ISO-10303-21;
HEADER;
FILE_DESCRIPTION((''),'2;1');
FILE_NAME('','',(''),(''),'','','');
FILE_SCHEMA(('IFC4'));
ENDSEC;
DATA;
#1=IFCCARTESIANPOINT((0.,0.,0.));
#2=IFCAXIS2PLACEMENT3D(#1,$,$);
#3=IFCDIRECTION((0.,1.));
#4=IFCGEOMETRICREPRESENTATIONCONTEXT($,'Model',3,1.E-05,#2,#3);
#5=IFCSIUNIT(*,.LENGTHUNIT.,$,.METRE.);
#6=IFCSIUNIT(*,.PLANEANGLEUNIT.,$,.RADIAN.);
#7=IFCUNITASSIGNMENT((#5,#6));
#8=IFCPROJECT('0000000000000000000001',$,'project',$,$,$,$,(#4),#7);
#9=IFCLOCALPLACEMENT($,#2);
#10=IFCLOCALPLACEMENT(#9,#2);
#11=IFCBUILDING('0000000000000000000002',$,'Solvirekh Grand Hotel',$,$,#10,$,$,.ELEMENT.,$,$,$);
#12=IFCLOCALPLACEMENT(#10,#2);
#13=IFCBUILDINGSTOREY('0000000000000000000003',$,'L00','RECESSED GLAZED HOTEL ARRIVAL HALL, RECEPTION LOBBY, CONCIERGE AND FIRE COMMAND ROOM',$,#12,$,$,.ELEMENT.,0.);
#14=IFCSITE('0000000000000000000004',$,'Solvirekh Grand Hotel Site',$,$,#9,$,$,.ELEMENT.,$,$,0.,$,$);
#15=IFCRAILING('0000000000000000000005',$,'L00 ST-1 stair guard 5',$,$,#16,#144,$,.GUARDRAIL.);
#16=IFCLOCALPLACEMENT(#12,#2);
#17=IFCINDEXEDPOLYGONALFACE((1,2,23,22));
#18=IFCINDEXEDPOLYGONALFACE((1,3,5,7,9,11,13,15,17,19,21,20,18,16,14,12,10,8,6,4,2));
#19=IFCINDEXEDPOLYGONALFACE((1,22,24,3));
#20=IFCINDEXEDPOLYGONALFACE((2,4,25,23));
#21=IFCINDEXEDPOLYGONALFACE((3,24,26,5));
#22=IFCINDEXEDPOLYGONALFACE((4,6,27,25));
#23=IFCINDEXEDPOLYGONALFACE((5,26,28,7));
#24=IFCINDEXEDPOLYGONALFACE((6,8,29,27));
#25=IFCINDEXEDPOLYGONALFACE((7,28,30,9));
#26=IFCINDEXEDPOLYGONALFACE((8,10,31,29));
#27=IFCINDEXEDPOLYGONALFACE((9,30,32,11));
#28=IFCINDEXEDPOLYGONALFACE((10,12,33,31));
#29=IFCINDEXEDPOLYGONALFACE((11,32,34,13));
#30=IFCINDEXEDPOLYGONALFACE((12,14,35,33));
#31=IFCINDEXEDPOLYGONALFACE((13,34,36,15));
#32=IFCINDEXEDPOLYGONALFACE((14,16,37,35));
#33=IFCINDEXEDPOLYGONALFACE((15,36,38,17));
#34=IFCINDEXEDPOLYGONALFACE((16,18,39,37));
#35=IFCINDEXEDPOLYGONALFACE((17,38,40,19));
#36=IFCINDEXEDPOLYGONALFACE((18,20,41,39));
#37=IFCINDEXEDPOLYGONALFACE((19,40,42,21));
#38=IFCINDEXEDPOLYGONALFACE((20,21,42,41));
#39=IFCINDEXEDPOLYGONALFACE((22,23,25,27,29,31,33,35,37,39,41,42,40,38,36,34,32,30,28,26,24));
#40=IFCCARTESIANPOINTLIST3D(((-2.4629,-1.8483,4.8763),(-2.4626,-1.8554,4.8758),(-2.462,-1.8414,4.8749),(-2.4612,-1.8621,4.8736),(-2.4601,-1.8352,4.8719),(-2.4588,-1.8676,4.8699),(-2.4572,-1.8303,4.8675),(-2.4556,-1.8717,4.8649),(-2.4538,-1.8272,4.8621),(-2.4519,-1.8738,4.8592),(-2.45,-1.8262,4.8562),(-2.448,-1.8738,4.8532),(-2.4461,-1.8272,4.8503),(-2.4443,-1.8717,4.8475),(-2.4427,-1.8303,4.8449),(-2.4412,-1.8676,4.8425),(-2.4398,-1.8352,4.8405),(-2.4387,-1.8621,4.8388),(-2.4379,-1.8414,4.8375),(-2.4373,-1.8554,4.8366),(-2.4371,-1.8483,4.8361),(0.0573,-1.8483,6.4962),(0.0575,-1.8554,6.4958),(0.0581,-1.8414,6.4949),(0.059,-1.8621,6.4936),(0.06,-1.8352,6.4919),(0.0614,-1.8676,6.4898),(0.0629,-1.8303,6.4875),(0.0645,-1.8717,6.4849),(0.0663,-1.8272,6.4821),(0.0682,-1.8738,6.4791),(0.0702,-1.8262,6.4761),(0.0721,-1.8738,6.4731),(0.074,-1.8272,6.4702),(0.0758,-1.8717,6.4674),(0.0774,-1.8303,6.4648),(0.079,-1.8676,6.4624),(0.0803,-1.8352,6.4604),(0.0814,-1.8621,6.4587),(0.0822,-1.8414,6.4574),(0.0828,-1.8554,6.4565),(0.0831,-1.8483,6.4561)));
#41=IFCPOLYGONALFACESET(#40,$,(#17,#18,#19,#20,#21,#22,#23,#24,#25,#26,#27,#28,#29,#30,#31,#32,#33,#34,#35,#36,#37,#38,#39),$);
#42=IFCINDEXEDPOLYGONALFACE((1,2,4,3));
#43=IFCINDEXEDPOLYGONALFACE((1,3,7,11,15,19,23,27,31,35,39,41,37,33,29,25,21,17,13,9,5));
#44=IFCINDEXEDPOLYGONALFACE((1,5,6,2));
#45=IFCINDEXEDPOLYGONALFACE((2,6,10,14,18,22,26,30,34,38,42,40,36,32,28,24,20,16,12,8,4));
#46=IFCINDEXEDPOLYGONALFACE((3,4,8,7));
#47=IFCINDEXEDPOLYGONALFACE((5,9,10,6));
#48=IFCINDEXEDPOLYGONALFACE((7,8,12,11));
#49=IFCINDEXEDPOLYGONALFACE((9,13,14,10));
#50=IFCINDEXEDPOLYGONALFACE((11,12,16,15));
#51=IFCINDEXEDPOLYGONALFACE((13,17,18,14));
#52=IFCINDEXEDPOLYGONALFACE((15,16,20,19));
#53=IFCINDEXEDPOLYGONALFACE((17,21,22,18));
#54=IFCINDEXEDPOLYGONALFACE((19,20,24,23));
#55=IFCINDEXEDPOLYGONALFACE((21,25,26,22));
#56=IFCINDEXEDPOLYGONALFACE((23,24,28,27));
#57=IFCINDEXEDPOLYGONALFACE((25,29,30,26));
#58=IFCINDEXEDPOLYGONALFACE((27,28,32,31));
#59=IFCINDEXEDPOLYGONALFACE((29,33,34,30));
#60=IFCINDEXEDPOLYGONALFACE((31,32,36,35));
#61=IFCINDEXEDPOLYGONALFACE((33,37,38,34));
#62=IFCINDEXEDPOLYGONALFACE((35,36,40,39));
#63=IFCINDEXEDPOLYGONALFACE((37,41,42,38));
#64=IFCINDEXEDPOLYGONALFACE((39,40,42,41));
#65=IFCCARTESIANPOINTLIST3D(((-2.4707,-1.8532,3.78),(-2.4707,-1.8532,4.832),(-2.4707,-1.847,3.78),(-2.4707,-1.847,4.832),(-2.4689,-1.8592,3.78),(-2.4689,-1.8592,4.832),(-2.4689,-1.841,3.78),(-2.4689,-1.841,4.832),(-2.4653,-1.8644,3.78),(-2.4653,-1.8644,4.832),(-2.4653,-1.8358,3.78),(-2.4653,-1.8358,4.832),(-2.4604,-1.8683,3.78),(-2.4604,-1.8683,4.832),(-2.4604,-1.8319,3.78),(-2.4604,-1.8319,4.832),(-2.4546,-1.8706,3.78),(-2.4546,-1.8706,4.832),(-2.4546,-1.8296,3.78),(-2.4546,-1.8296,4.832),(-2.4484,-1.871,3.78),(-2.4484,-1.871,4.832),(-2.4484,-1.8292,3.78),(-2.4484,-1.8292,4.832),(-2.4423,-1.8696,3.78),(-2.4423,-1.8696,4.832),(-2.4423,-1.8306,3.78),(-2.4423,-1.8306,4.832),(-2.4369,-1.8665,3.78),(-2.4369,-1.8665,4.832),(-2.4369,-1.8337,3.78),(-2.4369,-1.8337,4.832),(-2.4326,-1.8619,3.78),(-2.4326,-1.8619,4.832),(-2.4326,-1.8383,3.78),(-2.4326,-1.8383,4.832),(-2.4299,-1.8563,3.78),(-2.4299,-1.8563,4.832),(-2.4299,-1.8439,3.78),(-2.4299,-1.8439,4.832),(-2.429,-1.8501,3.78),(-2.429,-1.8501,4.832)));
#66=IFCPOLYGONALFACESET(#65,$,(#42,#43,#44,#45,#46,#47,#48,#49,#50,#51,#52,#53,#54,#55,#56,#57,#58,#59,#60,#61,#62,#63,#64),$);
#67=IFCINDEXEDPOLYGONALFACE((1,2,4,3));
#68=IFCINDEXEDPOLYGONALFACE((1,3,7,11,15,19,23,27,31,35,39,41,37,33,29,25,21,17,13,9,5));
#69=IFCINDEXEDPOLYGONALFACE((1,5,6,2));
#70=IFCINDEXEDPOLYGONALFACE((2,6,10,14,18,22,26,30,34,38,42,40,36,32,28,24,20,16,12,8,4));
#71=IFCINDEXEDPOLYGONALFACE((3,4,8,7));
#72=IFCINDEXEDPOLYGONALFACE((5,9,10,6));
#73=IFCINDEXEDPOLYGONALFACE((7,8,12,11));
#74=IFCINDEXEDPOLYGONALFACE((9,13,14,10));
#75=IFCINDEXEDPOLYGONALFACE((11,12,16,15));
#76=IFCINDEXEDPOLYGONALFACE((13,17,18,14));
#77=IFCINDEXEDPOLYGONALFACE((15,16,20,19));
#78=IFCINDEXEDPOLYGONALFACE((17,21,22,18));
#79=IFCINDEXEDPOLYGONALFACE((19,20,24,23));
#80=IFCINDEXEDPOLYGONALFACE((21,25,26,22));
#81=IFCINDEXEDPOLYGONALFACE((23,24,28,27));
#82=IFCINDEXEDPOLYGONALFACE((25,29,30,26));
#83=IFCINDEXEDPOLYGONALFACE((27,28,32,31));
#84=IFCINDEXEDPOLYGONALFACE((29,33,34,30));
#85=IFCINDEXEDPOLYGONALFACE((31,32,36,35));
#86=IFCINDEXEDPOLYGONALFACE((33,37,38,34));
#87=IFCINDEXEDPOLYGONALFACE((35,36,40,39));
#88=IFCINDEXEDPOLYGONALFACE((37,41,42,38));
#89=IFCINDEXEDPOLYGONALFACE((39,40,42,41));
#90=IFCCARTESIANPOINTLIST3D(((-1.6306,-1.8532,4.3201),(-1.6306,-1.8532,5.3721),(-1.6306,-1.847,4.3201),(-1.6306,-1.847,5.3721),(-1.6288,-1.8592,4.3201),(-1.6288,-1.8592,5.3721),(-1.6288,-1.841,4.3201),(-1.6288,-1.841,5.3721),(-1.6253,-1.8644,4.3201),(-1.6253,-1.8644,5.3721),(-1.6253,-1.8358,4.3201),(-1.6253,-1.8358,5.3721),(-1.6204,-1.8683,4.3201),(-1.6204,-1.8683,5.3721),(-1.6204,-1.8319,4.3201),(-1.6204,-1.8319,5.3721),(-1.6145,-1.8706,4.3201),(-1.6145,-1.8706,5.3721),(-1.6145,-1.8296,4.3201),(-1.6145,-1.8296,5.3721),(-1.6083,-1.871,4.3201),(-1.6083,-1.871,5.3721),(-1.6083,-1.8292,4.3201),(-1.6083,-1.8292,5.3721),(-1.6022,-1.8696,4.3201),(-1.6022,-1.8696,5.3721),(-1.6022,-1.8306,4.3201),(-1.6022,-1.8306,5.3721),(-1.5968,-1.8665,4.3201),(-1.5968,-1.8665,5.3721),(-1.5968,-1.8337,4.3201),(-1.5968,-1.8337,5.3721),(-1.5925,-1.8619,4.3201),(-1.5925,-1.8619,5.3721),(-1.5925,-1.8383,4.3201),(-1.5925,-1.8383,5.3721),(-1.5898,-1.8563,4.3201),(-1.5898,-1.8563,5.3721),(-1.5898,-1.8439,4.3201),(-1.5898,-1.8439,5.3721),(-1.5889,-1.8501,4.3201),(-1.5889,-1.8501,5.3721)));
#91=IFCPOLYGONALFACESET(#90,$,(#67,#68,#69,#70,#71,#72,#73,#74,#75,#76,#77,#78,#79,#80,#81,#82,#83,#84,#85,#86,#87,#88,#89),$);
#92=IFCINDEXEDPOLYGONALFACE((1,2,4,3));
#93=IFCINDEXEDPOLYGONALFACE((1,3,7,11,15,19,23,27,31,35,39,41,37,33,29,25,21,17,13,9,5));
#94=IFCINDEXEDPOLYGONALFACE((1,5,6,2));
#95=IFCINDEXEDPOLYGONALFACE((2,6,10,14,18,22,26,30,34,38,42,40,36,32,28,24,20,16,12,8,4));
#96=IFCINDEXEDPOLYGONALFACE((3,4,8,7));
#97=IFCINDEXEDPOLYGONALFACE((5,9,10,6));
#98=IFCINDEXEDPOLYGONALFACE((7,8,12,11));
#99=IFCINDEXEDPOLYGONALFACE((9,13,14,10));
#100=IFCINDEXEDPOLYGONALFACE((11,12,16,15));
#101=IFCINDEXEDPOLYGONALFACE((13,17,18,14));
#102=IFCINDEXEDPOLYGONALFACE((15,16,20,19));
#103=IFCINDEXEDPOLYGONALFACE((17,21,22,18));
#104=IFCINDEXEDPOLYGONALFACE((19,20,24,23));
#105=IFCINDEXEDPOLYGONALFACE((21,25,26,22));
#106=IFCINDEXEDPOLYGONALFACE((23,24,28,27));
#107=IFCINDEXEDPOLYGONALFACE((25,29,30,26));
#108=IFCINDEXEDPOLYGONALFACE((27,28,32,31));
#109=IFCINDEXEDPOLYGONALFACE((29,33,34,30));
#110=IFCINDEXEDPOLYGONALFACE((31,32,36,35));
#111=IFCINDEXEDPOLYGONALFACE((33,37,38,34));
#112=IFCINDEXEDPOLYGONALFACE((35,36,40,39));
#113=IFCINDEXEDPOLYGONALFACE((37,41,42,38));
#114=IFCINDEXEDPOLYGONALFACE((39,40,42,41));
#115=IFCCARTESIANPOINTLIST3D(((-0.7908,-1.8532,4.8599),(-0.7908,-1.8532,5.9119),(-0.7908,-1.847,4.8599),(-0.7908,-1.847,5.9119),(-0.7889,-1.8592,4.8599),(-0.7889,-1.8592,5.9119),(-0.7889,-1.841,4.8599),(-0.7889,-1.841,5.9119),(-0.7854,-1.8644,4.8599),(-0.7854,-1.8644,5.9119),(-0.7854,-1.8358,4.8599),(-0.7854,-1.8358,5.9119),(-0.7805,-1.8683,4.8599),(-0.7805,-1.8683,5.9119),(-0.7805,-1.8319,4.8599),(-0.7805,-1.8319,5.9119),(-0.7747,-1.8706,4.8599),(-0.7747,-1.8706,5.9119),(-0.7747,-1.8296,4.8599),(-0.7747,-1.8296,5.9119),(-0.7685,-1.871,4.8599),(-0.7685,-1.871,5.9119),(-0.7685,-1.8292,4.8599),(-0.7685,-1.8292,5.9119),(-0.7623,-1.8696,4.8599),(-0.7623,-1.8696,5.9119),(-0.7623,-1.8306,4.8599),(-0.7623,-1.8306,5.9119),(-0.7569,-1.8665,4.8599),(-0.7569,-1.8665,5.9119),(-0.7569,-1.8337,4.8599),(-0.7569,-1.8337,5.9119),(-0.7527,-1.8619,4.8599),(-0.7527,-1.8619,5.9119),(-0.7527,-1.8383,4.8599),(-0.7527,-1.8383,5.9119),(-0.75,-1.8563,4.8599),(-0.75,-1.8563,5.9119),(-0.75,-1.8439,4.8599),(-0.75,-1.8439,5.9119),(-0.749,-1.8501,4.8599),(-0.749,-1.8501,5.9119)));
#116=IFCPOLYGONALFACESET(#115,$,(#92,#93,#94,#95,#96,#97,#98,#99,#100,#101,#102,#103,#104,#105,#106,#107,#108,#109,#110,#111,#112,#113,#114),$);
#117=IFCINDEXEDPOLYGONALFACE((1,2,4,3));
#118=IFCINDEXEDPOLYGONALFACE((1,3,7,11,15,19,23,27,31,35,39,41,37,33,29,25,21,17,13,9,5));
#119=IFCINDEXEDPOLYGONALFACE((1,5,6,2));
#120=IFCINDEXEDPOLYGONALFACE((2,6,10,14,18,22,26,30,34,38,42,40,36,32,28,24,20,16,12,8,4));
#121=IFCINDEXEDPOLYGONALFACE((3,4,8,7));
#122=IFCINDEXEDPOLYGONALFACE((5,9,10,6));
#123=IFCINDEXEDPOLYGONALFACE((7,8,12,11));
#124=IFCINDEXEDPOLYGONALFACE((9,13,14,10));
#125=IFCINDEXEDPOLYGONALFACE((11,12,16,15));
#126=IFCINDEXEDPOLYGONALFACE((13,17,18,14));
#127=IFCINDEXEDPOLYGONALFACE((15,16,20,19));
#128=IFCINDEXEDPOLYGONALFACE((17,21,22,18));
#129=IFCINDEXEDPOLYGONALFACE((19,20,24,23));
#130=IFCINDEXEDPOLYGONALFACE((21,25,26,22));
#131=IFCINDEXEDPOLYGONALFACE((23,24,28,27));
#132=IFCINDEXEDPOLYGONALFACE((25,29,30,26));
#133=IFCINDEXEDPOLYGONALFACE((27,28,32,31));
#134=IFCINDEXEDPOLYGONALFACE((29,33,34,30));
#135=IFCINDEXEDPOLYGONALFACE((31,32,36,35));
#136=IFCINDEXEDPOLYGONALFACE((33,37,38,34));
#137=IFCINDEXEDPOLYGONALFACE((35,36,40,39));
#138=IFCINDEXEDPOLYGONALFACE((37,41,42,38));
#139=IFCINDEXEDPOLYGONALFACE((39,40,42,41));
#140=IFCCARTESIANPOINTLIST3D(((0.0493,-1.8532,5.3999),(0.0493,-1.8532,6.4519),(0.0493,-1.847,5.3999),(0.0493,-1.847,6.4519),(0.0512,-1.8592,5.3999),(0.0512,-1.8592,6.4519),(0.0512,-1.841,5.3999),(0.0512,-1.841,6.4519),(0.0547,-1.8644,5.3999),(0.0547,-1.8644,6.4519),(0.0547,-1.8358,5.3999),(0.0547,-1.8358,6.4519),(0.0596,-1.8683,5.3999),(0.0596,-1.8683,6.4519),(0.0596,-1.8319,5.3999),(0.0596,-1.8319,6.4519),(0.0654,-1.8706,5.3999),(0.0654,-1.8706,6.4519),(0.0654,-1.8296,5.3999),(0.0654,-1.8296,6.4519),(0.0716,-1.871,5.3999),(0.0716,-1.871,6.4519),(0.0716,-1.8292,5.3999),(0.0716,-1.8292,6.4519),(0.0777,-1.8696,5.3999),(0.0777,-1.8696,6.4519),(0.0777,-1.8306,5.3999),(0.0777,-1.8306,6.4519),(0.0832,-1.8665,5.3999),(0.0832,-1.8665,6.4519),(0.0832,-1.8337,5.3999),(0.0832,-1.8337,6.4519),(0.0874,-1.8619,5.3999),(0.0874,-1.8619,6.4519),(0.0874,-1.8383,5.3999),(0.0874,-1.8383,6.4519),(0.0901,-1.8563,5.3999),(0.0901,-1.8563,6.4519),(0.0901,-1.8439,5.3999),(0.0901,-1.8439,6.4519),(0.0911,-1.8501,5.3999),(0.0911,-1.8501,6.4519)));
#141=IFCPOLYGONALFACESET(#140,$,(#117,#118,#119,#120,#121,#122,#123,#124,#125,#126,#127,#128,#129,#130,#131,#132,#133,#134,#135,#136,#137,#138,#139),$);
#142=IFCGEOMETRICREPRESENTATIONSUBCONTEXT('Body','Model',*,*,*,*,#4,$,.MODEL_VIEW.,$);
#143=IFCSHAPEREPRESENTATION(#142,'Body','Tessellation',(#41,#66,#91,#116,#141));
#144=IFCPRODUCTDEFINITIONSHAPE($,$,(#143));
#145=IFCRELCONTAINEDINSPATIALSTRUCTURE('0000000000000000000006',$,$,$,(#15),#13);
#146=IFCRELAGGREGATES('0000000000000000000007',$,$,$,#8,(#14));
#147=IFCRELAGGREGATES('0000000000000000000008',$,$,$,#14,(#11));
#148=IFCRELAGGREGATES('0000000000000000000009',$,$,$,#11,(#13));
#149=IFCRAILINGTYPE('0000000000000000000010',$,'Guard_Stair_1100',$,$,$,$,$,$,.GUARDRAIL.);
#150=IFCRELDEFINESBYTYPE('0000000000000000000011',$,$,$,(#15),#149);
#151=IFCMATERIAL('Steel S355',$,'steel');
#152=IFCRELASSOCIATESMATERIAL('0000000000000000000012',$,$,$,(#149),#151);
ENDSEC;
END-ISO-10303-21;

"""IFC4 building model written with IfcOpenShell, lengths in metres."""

from ifc_helpers import new_model, si_unit, direction, frame, origin, origin_2d, place, context, subcontext, project, spatial, circle, extrude, material, type_object, element, save


model = new_model("IFC4")

# Units and contexts
model_context = context("Model", 3, precision=1e-05, world=origin(), true_north=direction((0.0, 1.0)))
body_context = subcontext(model_context, "Body", "Model", "MODEL_VIEW")
ifc_project = project(units=[si_unit("LENGTHUNIT", "METRE"), si_unit("PLANEANGLEUNIT", "RADIAN")], contexts=[model_context])

# Site, building, storey
site_placement = place(None, origin())
site = spatial("IfcSite", under=ifc_project, at=site_placement, Name="Solvirekh Grand Hotel Site", CompositionType="ELEMENT", RefElevation=0.0)
building_placement = place(site_placement, origin())
building = spatial("IfcBuilding", under=site, at=building_placement, Name="Solvirekh Grand Hotel", CompositionType="ELEMENT")
storey_placement = place(building_placement, origin())
storey = spatial("IfcBuildingStorey", under=building, at=storey_placement, Name="L00", Description="RECESSED GLAZED HOTEL ARRIVAL HALL, RECEPTION LOBBY, CONCIERGE AND FIRE COMMAND ROOM", CompositionType="ELEMENT", Elevation=0.0)

# Railing
ifc_material_1 = material(Name="Steel S355", Category="steel")
railing_type_1 = type_object("IfcRailingType", Name="Guard_Stair_1100", PredefinedType="GUARDRAIL", material=ifc_material_1)
railing_1_placement = place(storey_placement, frame((-2.45, -1.8501, 3.78)))
element("IfcRailing", 1, at=railing_1_placement, inside=storey, type_object=railing_type_1, Name="L00 ST-1 stair guard 5", PredefinedType="GUARDRAIL", context=body_context, shape_type="SweptSolid", body=[
    extrude(circle(Radius=0.0239, at=origin_2d()), frame((0.0, 0.0, 1.0762), z_axis=(0.8412, 0.0, 0.540725), x_axis=(0.0, 1.0, 0.0)), (0.0, 0.0, 1.0), 2.9958),
    extrude(circle(Radius=0.021, at=origin_2d()), origin(), (0.0, 0.0, 1.0), 1.052),
    extrude(circle(Radius=0.021, at=origin_2d()), frame((0.8401, 0.0, 0.54)), (0.0, 0.0, 1.0), 1.052),
    extrude(circle(Radius=0.021, at=origin_2d()), frame((1.6799, 0.0, 1.0798)), (0.0, 0.0, 1.0), 1.052),
    extrude(circle(Radius=0.021, at=origin_2d()), frame((2.52, 0.0, 1.6199)), (0.0, 0.0, 1.0), 1.052),
])

save(model, "model.ifc")
